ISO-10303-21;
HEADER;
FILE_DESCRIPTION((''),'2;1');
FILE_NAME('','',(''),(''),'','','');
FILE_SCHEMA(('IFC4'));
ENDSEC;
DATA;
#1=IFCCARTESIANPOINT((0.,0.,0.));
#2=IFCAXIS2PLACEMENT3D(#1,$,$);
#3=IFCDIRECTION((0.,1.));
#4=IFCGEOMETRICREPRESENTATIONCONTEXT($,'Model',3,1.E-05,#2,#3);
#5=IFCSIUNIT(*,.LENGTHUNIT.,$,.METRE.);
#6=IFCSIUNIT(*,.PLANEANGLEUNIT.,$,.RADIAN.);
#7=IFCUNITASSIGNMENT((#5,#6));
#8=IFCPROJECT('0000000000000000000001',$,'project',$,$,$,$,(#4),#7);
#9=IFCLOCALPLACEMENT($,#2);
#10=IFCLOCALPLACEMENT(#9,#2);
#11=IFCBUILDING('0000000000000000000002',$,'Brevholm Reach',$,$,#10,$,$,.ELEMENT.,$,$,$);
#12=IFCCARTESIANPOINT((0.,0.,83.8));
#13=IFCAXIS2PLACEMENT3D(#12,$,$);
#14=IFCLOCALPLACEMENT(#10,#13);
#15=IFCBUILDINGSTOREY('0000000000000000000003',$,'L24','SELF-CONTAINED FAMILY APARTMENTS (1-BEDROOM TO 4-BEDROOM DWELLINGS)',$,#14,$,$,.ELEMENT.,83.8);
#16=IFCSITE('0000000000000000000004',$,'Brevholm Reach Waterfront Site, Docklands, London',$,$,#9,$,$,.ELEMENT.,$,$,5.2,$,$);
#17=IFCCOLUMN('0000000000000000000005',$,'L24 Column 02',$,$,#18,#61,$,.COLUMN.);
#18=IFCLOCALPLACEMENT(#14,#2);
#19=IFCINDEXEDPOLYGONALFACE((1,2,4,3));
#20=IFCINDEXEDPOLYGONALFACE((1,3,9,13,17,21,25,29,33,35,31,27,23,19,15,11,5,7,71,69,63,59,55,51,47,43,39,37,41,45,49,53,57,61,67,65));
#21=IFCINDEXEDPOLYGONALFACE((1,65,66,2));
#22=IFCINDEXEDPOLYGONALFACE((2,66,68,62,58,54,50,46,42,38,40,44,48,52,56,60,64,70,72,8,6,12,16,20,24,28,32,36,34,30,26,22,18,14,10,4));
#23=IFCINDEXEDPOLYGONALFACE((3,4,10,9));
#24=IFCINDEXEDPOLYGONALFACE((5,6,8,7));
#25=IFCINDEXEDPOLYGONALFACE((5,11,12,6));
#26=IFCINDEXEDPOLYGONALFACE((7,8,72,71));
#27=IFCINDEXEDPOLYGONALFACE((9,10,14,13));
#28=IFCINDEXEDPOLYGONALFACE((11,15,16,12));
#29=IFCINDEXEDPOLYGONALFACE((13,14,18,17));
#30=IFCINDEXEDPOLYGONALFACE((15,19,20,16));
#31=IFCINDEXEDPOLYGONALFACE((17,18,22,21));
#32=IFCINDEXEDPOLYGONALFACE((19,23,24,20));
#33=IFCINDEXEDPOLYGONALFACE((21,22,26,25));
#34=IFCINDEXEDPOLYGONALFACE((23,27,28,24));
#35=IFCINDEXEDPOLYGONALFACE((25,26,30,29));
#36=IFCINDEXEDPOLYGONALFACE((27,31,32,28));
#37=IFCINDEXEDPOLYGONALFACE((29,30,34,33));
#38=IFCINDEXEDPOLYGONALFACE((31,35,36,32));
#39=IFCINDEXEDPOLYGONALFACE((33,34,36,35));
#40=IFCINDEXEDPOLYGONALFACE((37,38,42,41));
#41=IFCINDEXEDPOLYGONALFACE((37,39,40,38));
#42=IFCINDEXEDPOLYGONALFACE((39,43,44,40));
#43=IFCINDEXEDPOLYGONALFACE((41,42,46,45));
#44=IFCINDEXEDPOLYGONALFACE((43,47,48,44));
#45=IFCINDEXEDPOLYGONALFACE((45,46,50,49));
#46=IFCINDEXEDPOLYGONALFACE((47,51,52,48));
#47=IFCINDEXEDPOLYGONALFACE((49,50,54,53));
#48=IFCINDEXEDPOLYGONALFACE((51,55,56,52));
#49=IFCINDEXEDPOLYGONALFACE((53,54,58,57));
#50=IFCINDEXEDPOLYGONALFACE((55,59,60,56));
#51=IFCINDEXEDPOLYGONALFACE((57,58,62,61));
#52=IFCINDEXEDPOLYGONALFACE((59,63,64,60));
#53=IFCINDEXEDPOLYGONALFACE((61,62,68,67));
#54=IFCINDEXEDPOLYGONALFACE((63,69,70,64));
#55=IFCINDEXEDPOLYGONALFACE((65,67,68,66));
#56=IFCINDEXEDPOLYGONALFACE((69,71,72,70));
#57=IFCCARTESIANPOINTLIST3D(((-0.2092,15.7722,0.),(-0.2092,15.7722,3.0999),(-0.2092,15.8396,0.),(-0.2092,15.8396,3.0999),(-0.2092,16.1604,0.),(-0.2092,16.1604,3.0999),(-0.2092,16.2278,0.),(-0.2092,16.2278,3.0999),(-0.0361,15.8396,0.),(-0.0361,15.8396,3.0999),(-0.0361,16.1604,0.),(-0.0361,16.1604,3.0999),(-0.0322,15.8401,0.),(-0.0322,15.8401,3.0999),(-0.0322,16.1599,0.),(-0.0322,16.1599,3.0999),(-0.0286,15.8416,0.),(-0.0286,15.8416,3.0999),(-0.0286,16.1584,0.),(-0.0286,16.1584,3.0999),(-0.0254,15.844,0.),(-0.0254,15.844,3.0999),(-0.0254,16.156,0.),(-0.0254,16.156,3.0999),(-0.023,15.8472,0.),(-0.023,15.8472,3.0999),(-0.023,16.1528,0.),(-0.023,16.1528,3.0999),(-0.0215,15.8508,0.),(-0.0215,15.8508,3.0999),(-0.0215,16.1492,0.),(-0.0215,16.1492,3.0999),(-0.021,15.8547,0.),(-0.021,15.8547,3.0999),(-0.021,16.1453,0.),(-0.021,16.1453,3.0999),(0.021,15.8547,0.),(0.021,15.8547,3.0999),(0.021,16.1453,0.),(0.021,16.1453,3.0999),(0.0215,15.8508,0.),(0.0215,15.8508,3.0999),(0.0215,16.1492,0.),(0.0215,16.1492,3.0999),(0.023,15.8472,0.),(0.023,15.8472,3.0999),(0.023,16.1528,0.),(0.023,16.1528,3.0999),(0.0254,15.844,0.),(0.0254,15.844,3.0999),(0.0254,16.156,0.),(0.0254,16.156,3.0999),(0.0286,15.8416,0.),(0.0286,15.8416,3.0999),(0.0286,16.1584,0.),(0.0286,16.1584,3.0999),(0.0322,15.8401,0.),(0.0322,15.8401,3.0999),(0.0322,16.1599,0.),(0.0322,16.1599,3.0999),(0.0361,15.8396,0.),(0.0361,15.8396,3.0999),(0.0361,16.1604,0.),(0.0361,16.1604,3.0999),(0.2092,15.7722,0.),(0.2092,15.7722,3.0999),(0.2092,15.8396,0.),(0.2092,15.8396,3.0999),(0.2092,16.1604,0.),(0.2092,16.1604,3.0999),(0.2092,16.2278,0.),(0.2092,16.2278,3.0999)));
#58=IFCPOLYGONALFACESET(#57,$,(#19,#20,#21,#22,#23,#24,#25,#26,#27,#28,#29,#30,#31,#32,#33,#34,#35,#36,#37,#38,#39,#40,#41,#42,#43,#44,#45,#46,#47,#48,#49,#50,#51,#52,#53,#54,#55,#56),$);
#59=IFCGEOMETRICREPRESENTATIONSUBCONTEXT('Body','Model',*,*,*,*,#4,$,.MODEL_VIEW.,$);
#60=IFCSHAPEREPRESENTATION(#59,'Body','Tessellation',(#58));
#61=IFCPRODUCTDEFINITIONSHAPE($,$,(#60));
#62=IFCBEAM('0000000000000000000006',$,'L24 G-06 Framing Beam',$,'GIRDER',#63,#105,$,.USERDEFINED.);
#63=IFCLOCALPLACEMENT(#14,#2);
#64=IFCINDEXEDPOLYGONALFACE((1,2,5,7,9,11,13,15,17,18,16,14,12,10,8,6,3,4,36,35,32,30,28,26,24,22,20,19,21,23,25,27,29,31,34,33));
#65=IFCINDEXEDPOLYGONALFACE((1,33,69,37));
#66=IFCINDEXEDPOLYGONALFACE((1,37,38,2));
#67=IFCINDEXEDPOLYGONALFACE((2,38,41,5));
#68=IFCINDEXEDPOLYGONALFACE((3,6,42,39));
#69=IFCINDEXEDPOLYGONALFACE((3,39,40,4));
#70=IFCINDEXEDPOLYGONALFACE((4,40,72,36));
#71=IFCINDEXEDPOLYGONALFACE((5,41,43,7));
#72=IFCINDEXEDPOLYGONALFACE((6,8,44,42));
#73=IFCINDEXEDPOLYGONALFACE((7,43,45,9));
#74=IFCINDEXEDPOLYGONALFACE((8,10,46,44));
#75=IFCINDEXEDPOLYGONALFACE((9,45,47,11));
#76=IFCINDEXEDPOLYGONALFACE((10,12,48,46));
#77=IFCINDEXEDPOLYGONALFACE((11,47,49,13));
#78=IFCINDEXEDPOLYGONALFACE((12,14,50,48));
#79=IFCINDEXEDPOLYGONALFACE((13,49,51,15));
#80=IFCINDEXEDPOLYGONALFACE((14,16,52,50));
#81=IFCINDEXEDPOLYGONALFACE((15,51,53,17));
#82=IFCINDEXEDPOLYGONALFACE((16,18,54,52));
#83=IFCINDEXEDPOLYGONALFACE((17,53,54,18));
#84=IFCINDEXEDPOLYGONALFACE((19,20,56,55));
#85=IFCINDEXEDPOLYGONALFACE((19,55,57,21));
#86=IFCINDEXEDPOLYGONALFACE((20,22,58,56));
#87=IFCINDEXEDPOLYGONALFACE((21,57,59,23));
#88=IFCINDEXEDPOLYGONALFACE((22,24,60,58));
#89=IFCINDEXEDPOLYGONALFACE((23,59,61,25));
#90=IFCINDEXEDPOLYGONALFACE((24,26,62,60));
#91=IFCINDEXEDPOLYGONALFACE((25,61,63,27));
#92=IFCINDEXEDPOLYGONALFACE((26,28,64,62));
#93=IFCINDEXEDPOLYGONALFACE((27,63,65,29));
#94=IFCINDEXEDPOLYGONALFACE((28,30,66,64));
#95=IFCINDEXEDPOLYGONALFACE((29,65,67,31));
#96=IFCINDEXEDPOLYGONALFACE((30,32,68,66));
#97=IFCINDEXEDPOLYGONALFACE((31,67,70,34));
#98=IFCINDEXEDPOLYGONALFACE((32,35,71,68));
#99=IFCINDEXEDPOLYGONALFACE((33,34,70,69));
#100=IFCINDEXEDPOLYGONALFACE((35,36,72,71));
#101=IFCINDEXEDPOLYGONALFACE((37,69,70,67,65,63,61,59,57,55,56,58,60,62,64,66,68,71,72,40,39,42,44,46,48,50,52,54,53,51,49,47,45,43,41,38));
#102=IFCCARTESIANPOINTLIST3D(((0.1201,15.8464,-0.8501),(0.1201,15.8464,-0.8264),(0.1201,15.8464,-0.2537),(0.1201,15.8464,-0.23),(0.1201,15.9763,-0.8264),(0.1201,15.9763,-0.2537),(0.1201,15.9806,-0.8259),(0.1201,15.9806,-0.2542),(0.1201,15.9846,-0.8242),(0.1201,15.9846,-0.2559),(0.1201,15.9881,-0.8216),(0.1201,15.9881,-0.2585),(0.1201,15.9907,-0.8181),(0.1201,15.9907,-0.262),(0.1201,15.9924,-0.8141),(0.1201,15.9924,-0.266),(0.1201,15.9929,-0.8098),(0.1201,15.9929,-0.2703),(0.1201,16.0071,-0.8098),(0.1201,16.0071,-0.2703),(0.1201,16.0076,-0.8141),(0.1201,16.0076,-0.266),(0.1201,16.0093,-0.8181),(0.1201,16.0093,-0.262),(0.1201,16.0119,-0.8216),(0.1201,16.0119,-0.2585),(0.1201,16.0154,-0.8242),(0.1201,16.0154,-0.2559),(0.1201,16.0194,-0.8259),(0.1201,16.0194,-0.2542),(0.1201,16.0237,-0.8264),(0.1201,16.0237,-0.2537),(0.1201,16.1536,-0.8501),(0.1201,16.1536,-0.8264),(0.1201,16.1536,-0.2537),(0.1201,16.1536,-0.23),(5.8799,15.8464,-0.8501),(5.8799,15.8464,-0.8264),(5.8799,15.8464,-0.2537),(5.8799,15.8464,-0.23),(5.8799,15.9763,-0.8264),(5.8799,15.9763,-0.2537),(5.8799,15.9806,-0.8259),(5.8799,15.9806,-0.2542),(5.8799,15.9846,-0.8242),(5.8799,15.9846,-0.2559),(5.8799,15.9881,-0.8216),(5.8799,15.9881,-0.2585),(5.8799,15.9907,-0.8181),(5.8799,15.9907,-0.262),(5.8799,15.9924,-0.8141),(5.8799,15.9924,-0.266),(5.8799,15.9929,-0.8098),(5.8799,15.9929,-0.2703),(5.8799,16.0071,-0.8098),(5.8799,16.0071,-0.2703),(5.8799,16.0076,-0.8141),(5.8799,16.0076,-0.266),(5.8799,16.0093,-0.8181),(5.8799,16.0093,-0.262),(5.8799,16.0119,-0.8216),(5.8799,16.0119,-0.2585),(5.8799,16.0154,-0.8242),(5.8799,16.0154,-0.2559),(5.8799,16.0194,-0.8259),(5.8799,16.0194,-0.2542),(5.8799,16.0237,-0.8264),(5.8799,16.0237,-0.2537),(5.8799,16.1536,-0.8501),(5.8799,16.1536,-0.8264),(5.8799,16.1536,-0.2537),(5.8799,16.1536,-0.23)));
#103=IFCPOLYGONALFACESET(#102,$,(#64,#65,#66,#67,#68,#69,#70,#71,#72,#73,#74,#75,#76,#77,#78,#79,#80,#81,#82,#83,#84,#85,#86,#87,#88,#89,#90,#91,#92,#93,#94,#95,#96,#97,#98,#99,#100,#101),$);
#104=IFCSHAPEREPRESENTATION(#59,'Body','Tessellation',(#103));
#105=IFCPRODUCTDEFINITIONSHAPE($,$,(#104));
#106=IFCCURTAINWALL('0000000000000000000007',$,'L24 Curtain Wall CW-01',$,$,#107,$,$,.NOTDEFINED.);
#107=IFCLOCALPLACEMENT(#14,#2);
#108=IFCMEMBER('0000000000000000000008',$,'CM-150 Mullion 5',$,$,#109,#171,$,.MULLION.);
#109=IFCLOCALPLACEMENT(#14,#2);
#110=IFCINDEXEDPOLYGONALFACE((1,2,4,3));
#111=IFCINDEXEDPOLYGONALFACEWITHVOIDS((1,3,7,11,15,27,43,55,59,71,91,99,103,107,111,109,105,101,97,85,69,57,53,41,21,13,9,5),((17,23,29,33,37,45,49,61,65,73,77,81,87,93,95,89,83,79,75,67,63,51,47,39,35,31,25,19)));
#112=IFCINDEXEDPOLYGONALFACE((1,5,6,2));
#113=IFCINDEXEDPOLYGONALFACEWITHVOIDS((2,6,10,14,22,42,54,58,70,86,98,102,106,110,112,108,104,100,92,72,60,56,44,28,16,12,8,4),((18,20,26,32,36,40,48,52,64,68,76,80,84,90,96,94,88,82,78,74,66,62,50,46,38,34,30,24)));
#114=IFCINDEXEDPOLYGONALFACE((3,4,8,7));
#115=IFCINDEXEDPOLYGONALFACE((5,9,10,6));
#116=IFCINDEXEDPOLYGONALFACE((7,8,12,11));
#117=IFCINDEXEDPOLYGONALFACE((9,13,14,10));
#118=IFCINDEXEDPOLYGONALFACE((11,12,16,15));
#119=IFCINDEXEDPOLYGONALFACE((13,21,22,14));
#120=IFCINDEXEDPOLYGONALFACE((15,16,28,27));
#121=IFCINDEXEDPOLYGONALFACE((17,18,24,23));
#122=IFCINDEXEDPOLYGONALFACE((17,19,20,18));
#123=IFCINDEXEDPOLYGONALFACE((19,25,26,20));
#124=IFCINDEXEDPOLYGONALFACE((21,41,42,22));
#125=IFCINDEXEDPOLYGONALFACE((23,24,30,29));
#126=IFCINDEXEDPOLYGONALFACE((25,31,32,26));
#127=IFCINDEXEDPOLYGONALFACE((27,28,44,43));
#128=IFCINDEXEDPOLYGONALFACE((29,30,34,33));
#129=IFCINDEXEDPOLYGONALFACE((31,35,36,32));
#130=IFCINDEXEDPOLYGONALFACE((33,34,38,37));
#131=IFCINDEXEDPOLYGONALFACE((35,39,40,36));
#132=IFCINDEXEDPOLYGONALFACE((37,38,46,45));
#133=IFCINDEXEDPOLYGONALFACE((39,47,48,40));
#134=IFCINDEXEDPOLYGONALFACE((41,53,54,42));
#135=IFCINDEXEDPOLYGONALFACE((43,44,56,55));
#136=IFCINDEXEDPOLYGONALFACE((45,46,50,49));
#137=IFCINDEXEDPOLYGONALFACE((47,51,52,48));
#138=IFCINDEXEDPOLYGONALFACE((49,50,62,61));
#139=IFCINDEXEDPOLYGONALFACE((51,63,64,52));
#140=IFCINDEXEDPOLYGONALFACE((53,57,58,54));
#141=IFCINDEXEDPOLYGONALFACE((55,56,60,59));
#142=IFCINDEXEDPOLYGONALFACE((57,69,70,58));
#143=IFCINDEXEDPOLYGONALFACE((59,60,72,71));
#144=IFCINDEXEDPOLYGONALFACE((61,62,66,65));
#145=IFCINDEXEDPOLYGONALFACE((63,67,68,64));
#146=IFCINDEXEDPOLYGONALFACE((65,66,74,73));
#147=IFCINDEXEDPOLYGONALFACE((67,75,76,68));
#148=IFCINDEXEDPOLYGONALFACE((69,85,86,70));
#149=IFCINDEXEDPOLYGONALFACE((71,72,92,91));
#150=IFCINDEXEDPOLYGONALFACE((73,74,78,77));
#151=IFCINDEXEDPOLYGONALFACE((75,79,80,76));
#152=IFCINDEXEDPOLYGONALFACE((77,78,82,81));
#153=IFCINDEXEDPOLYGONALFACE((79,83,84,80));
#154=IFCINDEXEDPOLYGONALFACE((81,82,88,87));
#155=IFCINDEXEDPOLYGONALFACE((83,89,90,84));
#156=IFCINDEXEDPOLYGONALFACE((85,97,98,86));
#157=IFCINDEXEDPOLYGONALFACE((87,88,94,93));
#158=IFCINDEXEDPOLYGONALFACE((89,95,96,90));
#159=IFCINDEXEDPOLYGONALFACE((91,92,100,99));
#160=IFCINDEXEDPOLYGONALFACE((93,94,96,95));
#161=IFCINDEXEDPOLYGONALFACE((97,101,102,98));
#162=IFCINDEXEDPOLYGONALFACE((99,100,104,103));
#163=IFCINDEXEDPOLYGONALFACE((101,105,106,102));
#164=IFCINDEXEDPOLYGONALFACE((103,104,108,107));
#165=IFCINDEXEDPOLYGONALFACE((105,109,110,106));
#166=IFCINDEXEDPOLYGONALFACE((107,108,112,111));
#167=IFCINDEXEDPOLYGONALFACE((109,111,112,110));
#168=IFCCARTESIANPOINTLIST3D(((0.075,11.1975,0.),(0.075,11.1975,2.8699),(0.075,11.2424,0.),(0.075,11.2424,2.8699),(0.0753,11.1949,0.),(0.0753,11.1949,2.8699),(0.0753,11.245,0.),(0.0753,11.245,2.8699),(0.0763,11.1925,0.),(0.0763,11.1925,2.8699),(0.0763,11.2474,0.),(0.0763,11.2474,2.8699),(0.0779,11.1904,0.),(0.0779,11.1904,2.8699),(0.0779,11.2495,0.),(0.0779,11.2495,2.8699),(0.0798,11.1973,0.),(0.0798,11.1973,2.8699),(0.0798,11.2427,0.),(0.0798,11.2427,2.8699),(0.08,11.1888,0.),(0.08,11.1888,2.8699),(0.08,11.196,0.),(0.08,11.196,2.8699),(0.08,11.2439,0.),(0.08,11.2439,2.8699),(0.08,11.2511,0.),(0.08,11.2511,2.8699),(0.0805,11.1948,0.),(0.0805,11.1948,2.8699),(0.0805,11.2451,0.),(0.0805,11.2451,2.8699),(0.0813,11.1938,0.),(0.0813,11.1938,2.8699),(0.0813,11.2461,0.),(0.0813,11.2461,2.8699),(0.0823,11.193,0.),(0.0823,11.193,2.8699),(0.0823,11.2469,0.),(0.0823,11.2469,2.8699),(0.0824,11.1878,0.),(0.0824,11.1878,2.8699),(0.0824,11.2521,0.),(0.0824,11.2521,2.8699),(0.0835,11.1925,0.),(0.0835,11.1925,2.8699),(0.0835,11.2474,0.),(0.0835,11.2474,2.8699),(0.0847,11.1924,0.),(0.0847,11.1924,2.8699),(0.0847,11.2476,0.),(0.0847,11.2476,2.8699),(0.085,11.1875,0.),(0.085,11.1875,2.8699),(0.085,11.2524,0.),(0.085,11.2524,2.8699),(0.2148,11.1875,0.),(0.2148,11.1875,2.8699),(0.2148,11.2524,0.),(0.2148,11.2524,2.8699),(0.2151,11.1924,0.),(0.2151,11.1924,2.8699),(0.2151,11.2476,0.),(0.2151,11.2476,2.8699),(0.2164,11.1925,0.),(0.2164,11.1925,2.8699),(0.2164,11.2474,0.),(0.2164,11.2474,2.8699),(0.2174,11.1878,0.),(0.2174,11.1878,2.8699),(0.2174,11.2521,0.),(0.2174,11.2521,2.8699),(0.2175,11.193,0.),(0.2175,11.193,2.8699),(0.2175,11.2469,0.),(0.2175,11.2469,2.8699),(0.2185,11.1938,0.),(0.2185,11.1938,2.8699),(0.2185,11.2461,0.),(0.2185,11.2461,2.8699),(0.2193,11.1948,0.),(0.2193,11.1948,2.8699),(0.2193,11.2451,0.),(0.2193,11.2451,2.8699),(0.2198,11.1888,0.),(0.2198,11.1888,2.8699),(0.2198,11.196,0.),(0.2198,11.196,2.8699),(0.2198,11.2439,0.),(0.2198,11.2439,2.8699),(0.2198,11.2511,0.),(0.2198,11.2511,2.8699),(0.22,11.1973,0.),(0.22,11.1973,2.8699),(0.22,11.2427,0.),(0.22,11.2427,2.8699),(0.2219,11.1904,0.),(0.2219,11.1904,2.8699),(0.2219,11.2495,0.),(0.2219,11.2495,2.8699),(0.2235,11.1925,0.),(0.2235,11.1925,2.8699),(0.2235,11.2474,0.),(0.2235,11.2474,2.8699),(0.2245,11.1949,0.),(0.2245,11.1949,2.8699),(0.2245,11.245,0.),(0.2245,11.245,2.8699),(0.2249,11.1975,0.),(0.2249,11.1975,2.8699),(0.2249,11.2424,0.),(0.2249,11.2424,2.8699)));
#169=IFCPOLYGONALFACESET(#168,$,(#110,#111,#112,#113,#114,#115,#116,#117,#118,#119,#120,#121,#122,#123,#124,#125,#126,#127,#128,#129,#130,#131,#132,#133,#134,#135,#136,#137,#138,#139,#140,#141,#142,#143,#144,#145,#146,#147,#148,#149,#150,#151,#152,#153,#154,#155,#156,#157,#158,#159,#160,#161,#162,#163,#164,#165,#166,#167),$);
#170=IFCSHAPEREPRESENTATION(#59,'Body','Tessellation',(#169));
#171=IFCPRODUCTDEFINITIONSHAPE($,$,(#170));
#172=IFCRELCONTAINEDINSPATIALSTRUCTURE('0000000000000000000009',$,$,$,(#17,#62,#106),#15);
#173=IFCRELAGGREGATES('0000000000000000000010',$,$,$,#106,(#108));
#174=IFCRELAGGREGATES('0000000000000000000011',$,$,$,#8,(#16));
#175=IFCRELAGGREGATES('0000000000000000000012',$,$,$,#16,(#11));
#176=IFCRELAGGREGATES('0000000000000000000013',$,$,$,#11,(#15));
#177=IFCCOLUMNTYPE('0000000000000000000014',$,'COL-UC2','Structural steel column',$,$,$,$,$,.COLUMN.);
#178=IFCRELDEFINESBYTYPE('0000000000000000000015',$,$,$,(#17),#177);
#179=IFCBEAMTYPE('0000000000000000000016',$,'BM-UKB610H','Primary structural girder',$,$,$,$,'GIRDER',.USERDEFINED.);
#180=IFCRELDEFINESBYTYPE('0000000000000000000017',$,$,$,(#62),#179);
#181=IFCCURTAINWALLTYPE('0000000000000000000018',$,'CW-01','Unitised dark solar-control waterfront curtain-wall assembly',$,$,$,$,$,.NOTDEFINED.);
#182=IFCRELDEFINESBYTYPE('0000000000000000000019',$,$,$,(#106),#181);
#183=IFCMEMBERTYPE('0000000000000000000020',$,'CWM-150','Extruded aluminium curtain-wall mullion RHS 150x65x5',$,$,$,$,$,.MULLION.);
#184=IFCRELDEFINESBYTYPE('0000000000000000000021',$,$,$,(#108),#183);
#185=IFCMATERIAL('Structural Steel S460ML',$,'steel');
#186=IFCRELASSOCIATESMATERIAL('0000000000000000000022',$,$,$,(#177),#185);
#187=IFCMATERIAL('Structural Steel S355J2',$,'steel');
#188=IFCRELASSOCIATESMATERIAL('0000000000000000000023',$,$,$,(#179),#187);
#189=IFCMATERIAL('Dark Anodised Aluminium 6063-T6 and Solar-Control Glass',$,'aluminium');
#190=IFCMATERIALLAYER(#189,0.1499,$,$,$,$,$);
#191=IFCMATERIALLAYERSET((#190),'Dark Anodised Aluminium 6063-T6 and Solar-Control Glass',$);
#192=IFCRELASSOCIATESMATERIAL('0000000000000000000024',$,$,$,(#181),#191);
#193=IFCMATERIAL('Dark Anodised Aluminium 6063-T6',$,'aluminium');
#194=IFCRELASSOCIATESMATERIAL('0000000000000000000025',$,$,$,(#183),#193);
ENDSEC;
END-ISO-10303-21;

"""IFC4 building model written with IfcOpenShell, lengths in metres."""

from ifc_helpers import new_model, si_unit, direction, frame, origin, origin_2d, place, context, subcontext, project, spatial, hollow_rectangle, i_section, extrude, material, layer, layer_set, material_profile, profile_set, type_object, element, aggregate, save


model = new_model("IFC4")

# Units and contexts
model_context = context("Model", 3, precision=1e-05, world=origin(), true_north=direction((0.0, 1.0)))
body_context = subcontext(model_context, "Body", "Model", "MODEL_VIEW")
ifc_project = project(units=[si_unit("LENGTHUNIT", "METRE"), si_unit("PLANEANGLEUNIT", "RADIAN")], contexts=[model_context])

# Site, building, storey
site_placement = place(None, origin())
site = spatial("IfcSite", under=ifc_project, at=site_placement, Name="Brevholm Reach Waterfront Site, Docklands, London", CompositionType="ELEMENT", RefElevation=5.2)
building_placement = place(site_placement, origin())
building = spatial("IfcBuilding", under=site, at=building_placement, Name="Brevholm Reach", CompositionType="ELEMENT")
storey_placement = place(building_placement, frame((0.0, 0.0, 83.8)))
storey = spatial("IfcBuildingStorey", under=building, at=storey_placement, Name="L24", Description="SELF-CONTAINED FAMILY APARTMENTS (1-BEDROOM TO 4-BEDROOM DWELLINGS)", CompositionType="ELEMENT", Elevation=83.8)

# Column
ifc_material_1 = material(Name="Structural Steel S460ML", Category="steel")
ifc_material_profile_1 = material_profile(ifc_material_1, i_section(OverallWidth=0.4185, OverallDepth=0.4556, WebThickness=0.042, FlangeThickness=0.0674, FilletRadius=0.0151, at=origin_2d()), Name="UKC 356x406x551")
ifc_profile_set_1 = profile_set([ifc_material_profile_1], Name="Structural Steel S460ML")
column_type = type_object("IfcColumnType", Name="COL-UC2", Description="Structural steel column", PredefinedType="COLUMN", material=ifc_profile_set_1)
column_placement = place(storey_placement, frame((0.0, 16.0, 0.0), z_axis=(0.0, 0.0, 1.0), x_axis=(1.0, 0.0, 0.0)))
element("IfcColumn", 1, at=column_placement, inside=storey, type_object=column_type, Name="L24 Column 02", PredefinedType="COLUMN", context=body_context, shape_type="SweptSolid", body=[
    extrude(i_section(OverallWidth=0.4185, OverallDepth=0.4556, WebThickness=0.042, FlangeThickness=0.0674, FilletRadius=0.0151, at=origin_2d()), origin(), (0.0, 0.0, 1.0), 3.0999),
])

# Beam
ifc_material_2 = material(Name="Structural Steel S355J2", Category="steel")
ifc_material_profile_2 = material_profile(ifc_material_2, i_section(OverallWidth=0.3071, OverallDepth=0.6201, WebThickness=0.0142, FlangeThickness=0.0237, FilletRadius=0.0166, at=origin_2d()), Name="UKB 610x305x179")
ifc_profile_set_2 = profile_set([ifc_material_profile_2], Name="Structural Steel S355J2")
beam_type = type_object("IfcBeamType", Name="BM-UKB610H", Description="Primary structural girder", ElementType="GIRDER", PredefinedType="USERDEFINED", material=ifc_profile_set_2)
beam_placement = place(storey_placement, frame((0.1201, 16.0, -0.54), z_axis=(1.0, 0.0, 0.0), x_axis=(0.0, 1.0, 0.0)))
element("IfcBeam", 2, at=beam_placement, inside=storey, type_object=beam_type, Name="L24 G-06 Framing Beam", ObjectType="GIRDER", PredefinedType="USERDEFINED", context=body_context, shape_type="SweptSolid", body=[
    extrude(i_section(OverallWidth=0.3071, OverallDepth=0.6201, WebThickness=0.0142, FlangeThickness=0.0237, FilletRadius=0.0166, at=origin_2d()), origin(), (0.0, 0.0, 1.0), 5.7598),
])

# Curtain wall, member
ifc_material_3 = material(Name="Dark Anodised Aluminium 6063-T6 and Solar-Control Glass", Category="aluminium")
ifc_layer_1 = layer(ifc_material_3, 0.1499)
ifc_layer_set_1 = layer_set([ifc_layer_1], Name="Dark Anodised Aluminium 6063-T6 and Solar-Control Glass")
curtain_wall_type = type_object("IfcCurtainWallType", Name="CW-01", Description="Unitised dark solar-control waterfront curtain-wall assembly", PredefinedType="NOTDEFINED", material=ifc_layer_set_1)
curtain_wall_placement = place(storey_placement, origin())
curtain_wall = element("IfcCurtainWall", 3, at=curtain_wall_placement, inside=storey, type_object=curtain_wall_type, Name="L24 Curtain Wall CW-01", PredefinedType="NOTDEFINED")
ifc_material_4 = material(Name="Dark Anodised Aluminium 6063-T6", Category="aluminium")
ifc_material_profile_3 = material_profile(ifc_material_4, hollow_rectangle(XDim=0.0649, YDim=0.1499, WallThickness=0.0049, InnerFilletRadius=0.0049, OuterFilletRadius=0.01, at=origin_2d()), Name="RHS 150x65x5")
ifc_profile_set_3 = profile_set([ifc_material_profile_3], Name="Dark Anodised Aluminium 6063-T6")
member_type_1 = type_object("IfcMemberType", Name="CWM-150", Description="Extruded aluminium curtain-wall mullion RHS 150x65x5", PredefinedType="MULLION", material=ifc_profile_set_3)
member_1_placement = place(storey_placement, frame((0.1499, 11.22, 0.0), z_axis=(0.0, 0.0, 1.0), x_axis=(0.0, -1.0, 0.0)))
member_1 = element("IfcMember", 4, at=member_1_placement, type_object=member_type_1, Name="CM-150 Mullion 5", PredefinedType="MULLION", context=body_context, shape_type="SweptSolid", body=[
    extrude(hollow_rectangle(XDim=0.0649, YDim=0.1499, WallThickness=0.0049, InnerFilletRadius=0.0049, OuterFilletRadius=0.01, at=origin_2d()), origin(), (0.0, 0.0, 1.0), 2.8699),
])
aggregate(curtain_wall, [member_1])

save(model, "model.ifc")
